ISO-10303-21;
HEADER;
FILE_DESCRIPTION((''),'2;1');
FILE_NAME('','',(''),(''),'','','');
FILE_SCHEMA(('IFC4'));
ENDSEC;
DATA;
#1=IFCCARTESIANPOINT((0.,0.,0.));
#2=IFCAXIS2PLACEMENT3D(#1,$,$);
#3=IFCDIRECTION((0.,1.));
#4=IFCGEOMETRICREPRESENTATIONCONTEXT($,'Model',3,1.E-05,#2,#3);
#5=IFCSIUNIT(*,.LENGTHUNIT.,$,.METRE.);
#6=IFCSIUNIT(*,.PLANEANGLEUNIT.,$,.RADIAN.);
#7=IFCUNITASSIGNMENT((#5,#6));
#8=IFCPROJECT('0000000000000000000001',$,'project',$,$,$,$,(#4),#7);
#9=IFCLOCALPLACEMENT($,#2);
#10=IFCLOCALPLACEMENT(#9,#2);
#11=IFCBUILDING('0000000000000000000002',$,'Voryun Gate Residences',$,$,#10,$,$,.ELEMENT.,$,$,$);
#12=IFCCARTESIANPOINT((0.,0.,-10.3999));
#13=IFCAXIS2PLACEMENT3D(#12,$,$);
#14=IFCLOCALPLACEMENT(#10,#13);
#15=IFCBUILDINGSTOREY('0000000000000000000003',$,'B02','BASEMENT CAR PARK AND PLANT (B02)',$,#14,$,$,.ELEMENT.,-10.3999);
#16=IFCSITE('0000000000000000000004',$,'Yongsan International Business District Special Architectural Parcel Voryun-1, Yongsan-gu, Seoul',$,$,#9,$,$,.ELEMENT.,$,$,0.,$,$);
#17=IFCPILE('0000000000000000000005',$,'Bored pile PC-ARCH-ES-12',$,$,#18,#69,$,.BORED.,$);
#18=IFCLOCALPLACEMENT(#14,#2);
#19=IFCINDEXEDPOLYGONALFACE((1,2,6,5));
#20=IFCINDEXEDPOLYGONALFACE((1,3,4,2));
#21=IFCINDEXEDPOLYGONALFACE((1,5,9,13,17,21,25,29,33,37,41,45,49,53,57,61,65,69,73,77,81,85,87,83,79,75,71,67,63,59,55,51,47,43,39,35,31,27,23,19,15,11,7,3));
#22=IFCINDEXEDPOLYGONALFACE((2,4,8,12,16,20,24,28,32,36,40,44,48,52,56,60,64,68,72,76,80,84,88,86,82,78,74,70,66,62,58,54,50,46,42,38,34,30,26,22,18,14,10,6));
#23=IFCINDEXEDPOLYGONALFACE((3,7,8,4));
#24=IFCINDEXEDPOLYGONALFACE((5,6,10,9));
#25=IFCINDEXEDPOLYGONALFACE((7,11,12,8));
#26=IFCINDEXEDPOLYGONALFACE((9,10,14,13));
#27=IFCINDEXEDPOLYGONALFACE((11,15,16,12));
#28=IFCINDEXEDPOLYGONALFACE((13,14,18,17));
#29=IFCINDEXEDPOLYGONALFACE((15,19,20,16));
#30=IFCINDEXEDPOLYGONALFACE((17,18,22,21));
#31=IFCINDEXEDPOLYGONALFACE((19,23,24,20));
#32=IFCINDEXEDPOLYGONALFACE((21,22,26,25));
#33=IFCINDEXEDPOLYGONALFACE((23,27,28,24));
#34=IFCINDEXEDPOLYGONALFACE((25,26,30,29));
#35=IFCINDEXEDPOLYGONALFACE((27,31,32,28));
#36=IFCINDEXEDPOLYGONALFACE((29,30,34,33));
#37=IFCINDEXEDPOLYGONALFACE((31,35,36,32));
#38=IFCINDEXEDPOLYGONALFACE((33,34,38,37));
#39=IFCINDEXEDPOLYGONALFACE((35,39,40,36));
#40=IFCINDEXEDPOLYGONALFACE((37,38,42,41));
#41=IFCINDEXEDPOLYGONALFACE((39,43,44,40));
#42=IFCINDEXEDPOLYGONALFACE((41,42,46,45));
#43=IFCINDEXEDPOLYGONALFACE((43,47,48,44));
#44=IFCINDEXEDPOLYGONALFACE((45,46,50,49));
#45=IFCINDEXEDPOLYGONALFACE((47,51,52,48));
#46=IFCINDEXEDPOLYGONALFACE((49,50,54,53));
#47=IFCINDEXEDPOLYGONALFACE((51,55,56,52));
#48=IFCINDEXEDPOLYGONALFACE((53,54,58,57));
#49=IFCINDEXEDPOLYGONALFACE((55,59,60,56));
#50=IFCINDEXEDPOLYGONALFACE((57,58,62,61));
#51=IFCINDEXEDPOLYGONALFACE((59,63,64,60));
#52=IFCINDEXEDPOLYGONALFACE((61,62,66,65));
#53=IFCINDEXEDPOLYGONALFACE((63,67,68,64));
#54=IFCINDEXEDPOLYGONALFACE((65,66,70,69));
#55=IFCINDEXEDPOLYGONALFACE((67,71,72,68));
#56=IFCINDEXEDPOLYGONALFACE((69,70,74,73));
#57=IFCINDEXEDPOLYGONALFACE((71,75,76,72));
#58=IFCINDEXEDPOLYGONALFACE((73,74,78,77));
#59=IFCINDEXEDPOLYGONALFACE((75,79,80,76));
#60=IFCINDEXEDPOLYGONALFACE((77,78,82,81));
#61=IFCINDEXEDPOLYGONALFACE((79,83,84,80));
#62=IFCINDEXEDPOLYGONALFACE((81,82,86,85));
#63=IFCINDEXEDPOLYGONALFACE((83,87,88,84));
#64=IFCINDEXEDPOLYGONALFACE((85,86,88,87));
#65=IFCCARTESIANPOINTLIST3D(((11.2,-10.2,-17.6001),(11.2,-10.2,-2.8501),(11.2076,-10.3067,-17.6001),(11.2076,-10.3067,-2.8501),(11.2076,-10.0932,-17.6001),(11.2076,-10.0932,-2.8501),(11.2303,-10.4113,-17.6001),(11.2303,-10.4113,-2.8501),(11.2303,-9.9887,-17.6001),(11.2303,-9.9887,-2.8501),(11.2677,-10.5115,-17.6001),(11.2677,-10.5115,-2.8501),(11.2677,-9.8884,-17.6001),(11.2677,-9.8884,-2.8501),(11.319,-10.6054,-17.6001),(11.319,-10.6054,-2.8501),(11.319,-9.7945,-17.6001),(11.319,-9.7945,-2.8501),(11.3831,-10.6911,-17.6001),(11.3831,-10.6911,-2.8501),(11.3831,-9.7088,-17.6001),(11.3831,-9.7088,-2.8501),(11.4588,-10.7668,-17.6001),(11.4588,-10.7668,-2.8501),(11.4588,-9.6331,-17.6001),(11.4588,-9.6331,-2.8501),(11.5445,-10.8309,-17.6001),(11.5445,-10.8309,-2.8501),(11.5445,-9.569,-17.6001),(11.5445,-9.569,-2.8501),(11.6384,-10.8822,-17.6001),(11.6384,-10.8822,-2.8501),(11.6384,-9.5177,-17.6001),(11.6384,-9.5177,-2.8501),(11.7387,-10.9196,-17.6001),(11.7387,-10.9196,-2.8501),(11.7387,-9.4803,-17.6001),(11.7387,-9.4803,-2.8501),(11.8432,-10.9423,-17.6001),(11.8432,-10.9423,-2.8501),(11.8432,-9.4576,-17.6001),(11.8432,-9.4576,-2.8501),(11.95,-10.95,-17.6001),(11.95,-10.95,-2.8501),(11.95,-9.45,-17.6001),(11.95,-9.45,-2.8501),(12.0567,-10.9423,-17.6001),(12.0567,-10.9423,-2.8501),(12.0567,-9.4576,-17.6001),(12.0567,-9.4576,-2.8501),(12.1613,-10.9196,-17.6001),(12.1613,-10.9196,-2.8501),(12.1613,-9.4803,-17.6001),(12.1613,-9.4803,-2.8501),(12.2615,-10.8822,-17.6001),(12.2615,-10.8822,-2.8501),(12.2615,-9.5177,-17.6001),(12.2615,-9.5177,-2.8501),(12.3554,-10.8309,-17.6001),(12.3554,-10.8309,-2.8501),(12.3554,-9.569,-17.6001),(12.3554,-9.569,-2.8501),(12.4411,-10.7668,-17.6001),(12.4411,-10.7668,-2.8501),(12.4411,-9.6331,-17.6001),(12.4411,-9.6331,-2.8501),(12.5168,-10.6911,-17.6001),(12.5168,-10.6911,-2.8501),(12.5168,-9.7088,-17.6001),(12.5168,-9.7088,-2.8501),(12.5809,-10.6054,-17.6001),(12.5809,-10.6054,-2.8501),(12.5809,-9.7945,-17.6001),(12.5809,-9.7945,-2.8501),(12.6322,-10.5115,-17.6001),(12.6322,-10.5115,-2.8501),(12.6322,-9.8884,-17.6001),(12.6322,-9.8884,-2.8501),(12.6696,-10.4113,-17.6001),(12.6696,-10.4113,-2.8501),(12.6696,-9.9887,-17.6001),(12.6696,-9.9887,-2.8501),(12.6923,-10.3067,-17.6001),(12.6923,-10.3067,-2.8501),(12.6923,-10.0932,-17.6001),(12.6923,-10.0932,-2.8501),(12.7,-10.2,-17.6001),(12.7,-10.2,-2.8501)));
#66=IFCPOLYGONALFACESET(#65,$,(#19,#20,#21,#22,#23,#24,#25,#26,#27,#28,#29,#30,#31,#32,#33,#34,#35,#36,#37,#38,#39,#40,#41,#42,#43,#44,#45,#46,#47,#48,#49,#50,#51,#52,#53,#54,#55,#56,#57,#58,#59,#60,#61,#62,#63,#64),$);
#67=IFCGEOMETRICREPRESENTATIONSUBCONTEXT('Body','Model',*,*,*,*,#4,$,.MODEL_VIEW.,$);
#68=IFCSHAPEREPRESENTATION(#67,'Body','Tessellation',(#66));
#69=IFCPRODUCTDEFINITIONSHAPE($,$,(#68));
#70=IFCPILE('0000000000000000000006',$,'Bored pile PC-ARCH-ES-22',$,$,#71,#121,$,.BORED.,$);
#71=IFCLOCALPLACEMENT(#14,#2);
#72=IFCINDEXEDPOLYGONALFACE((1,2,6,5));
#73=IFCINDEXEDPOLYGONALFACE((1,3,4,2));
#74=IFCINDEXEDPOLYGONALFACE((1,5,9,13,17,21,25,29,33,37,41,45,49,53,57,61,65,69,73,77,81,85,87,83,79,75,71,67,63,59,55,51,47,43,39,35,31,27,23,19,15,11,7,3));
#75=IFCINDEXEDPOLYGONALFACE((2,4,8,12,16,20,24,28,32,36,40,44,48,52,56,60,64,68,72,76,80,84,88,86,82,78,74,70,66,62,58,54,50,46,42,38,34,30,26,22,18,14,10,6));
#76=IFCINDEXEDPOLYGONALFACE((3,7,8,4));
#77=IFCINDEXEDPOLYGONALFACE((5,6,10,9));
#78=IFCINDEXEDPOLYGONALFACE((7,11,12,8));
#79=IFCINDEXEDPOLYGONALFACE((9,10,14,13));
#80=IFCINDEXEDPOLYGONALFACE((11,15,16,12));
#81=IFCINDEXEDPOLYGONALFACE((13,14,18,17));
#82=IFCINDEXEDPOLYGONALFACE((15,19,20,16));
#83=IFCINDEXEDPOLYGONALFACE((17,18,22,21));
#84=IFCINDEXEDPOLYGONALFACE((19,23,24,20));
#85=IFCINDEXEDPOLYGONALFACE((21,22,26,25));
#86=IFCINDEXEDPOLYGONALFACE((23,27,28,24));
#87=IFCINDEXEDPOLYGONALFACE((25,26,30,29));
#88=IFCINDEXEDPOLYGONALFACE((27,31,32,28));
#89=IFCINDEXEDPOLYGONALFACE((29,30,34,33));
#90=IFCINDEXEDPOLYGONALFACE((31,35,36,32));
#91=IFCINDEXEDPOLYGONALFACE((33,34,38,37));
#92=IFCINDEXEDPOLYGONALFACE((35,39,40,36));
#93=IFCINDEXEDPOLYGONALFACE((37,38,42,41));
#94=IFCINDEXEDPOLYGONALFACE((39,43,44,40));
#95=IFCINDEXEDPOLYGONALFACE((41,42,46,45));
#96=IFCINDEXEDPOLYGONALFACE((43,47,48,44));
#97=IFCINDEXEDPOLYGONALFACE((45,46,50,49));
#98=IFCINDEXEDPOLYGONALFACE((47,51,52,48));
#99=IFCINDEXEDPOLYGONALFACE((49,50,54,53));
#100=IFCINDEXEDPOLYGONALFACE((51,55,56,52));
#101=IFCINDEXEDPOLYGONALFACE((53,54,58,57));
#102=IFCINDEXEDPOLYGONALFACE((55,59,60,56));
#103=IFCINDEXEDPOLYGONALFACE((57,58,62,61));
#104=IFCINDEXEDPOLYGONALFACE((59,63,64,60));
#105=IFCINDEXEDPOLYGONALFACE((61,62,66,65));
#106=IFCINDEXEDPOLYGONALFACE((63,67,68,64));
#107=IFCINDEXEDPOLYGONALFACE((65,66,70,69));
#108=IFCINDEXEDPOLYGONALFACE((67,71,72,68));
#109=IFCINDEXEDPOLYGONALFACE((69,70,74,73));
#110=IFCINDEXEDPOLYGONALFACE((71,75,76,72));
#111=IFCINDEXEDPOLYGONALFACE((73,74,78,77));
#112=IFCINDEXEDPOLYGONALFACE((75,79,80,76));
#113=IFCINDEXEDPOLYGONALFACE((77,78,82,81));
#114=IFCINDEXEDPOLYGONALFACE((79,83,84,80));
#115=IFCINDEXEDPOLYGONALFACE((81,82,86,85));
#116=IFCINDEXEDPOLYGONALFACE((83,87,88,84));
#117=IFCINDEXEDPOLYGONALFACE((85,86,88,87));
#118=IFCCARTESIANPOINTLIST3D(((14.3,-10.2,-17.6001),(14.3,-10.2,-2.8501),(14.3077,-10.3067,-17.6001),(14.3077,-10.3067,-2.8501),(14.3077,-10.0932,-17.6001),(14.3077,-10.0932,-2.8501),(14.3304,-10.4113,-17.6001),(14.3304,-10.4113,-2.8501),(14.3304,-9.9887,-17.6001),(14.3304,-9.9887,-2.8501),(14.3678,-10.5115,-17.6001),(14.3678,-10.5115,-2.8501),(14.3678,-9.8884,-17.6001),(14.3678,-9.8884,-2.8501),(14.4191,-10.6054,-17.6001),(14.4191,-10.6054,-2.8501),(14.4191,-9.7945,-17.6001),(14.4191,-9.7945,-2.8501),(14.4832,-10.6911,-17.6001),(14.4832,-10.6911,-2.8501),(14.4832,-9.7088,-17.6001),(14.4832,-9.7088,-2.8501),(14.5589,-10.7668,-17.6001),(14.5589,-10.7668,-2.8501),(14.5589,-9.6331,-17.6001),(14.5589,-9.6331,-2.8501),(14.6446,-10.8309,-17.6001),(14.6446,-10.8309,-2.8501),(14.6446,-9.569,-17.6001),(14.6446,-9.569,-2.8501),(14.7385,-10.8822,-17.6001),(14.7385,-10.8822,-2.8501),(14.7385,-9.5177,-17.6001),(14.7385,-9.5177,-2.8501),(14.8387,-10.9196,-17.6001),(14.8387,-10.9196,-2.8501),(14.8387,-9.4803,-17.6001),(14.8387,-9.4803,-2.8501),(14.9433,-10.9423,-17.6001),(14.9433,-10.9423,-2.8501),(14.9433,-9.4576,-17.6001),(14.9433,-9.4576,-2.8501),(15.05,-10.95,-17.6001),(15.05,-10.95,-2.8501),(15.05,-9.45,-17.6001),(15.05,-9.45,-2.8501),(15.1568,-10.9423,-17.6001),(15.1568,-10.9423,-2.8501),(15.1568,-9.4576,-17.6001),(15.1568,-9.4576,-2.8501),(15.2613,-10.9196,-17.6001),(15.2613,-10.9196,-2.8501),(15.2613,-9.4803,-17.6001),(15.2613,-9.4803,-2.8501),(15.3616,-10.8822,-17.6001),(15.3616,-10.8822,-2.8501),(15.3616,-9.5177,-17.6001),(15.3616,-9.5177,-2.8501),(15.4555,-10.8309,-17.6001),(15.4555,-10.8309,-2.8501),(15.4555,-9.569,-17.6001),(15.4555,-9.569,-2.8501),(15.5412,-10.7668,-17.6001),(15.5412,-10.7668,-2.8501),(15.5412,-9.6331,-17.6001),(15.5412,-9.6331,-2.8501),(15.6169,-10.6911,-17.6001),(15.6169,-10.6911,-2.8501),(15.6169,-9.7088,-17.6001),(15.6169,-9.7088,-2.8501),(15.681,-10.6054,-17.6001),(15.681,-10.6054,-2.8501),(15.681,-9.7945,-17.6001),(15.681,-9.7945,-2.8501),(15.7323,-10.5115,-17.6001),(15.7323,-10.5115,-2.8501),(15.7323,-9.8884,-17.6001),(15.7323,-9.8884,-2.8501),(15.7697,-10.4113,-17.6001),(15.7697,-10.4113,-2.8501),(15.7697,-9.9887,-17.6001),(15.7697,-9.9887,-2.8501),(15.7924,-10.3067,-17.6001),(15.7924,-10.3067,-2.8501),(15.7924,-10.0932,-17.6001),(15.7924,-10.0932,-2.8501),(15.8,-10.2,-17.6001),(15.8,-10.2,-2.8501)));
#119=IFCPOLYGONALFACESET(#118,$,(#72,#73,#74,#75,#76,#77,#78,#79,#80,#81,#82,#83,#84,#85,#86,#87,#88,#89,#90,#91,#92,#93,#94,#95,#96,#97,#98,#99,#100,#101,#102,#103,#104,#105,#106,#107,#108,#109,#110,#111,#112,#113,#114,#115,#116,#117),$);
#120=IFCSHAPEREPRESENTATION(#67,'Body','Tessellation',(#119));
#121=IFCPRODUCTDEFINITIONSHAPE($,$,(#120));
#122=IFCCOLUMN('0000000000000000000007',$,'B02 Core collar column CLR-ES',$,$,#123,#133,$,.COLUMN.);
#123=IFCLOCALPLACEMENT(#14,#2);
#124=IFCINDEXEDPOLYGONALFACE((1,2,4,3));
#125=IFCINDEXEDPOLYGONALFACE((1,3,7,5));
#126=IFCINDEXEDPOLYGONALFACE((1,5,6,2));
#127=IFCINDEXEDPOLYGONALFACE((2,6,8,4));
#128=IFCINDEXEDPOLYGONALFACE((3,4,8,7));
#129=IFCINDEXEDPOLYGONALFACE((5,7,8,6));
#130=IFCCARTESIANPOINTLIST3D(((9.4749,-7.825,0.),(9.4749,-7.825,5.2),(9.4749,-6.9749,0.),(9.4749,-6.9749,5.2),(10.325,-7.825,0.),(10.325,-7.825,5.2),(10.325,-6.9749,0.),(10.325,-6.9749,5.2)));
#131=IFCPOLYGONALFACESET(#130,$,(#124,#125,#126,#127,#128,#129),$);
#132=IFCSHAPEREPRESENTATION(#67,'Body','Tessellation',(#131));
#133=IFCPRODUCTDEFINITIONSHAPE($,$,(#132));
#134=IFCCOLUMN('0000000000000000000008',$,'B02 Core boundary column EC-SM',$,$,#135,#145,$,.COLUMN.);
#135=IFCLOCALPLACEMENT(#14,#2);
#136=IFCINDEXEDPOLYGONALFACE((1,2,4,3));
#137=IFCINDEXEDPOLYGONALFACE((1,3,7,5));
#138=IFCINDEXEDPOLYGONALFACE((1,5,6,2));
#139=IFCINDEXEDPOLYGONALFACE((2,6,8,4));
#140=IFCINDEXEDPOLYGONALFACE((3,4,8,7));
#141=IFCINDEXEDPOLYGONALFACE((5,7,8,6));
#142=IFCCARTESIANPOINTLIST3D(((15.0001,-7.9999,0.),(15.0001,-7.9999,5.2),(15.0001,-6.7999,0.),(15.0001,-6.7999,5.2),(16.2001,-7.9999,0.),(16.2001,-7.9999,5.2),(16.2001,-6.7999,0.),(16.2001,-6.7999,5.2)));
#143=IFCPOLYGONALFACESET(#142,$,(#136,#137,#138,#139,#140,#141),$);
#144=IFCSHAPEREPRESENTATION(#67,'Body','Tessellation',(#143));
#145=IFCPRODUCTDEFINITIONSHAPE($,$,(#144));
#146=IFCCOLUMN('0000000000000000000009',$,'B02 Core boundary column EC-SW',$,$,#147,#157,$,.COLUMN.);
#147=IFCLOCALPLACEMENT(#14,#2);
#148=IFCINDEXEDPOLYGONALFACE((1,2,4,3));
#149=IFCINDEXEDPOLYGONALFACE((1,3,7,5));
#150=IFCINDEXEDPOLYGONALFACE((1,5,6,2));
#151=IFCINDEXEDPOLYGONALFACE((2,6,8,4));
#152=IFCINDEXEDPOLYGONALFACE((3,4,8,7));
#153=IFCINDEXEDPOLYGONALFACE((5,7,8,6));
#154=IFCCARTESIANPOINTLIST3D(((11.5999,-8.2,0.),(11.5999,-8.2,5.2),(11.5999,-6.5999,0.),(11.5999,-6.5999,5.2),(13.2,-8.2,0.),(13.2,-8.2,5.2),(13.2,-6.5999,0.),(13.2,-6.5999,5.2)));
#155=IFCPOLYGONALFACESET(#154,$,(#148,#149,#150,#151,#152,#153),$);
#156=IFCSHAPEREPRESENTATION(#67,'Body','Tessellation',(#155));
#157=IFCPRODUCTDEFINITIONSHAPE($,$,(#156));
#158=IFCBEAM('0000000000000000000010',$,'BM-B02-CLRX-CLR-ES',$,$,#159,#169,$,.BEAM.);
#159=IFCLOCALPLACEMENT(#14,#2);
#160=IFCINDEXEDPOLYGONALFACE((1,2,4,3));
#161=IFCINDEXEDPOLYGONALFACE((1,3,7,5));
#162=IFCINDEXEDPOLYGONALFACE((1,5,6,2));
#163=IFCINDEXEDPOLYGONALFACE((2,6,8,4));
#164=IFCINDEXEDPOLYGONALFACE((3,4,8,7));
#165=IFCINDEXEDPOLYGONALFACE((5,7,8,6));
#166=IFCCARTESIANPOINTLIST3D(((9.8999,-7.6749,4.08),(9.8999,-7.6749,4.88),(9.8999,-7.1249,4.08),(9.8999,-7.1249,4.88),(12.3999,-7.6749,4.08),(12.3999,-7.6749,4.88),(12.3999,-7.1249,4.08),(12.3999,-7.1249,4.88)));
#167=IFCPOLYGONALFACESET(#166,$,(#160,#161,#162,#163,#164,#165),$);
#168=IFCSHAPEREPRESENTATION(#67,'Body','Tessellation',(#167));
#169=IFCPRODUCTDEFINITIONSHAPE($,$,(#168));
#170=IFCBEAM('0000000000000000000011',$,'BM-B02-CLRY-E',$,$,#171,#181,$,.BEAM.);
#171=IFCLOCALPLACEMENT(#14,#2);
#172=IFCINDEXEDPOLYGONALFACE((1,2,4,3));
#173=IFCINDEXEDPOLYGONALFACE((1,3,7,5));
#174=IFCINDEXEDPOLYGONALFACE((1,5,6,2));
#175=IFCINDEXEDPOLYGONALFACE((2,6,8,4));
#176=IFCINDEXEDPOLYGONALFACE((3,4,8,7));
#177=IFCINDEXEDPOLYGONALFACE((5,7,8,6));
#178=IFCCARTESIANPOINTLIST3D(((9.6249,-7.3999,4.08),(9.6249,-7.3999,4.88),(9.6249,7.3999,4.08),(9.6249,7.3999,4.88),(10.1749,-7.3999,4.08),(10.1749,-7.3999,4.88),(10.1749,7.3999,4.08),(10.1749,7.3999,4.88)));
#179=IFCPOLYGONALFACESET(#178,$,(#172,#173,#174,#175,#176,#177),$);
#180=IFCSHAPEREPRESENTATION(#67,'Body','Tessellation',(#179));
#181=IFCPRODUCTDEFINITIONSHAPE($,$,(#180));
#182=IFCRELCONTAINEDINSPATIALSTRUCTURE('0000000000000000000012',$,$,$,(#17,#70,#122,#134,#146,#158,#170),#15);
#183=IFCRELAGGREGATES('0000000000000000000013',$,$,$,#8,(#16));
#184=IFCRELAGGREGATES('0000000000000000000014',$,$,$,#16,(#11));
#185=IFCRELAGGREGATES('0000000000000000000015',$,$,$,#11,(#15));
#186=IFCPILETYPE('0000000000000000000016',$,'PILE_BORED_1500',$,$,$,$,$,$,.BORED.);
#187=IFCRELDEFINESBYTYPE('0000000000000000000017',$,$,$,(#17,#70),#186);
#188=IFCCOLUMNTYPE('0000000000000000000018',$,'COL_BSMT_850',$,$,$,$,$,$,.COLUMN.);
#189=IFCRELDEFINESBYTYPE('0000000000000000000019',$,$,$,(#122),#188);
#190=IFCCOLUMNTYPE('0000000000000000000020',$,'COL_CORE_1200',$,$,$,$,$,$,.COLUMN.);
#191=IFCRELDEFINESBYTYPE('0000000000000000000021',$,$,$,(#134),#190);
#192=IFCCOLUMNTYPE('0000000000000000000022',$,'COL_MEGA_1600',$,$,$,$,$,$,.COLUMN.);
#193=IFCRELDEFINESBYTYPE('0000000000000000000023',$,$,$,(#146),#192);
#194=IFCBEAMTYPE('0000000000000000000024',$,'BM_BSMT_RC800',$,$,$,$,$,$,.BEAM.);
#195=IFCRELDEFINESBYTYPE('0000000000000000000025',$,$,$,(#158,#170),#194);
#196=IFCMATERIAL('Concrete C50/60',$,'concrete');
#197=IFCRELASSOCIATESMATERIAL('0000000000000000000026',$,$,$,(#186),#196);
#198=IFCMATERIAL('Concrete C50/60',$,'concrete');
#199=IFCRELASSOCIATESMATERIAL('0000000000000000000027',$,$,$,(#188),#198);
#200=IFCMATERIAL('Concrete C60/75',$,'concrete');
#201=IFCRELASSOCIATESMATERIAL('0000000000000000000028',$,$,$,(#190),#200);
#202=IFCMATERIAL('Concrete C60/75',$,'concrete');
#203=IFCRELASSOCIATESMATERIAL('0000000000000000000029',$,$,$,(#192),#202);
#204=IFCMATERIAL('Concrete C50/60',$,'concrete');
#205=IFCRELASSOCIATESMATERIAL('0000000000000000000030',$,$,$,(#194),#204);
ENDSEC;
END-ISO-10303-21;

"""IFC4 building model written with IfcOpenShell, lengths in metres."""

from ifc_helpers import new_model, si_unit, direction, frame, origin, origin_2d, place, context, subcontext, project, spatial, rectangle, circle, extrude, material, material_profile, profile_set, type_object, element, save


model = new_model("IFC4")

# Units and contexts
model_context = context("Model", 3, precision=1e-05, world=origin(), true_north=direction((0.0, 1.0)))
body_context = subcontext(model_context, "Body", "Model", "MODEL_VIEW")
ifc_project = project(units=[si_unit("LENGTHUNIT", "METRE"), si_unit("PLANEANGLEUNIT", "RADIAN")], contexts=[model_context])

# Site, building, storey
site_placement = place(None, origin())
site = spatial("IfcSite", under=ifc_project, at=site_placement, Name="Yongsan International Business District Special Architectural Parcel Voryun-1, Yongsan-gu, Seoul", CompositionType="ELEMENT", RefElevation=0.0)
building_placement = place(site_placement, origin())
building = spatial("IfcBuilding", under=site, at=building_placement, Name="Voryun Gate Residences", CompositionType="ELEMENT")
storey_placement = place(building_placement, frame((0.0, 0.0, -10.3999)))
storey = spatial("IfcBuildingStorey", under=building, at=storey_placement, Name="B02", Description="BASEMENT CAR PARK AND PLANT (B02)", CompositionType="ELEMENT", Elevation=-10.3999)

# Piles
ifc_material_1 = material(Name="Concrete C50/60", Category="concrete")
ifc_material_profile_1 = material_profile(ifc_material_1, circle(Radius=0.75, at=origin_2d()), Name="PILE-D1500")
ifc_profile_set_1 = profile_set([ifc_material_profile_1], Name="Concrete C50/60")
pile_type = type_object("IfcPileType", Name="PILE_BORED_1500", PredefinedType="BORED", material=ifc_profile_set_1)
for number, where, z_axis, x_axis, name in (
    (1, (11.95, -10.2, -2.8501), (0.0, 0.0, -1.0), (1.0, 0.0, 0.0), "Bored pile PC-ARCH-ES-12"),
    (2, (15.05, -10.2, -2.8501), (0.0, 0.0, -1.0), (1.0, 0.0, 0.0), "Bored pile PC-ARCH-ES-22"),
):
    element("IfcPile", number, at=place(storey_placement, frame(where, z_axis=z_axis, x_axis=x_axis)), inside=storey, type_object=pile_type, Name=name, PredefinedType="BORED", context=body_context, shape_type="SweptSolid", body=[
        extrude(circle(Radius=0.75, at=origin_2d()), origin(), (0.0, 0.0, 1.0), 14.75),
    ])

# Columns
ifc_material_2 = material(Name="Concrete C50/60", Category="concrete")
ifc_material_profile_2 = material_profile(ifc_material_2, rectangle(XDim=0.8501, YDim=0.8501, at=origin_2d()), Name="RC-850x850")
ifc_profile_set_2 = profile_set([ifc_material_profile_2], Name="Concrete C50/60")
column_type_1 = type_object("IfcColumnType", Name="COL_BSMT_850", PredefinedType="COLUMN", material=ifc_profile_set_2)
column_1_placement = place(storey_placement, frame((9.8999, -7.3999, 0.0), z_axis=(0.0, 0.0, 1.0), x_axis=(1.0, 0.0, 0.0)))
element("IfcColumn", 3, at=column_1_placement, inside=storey, type_object=column_type_1, Name="B02 Core collar column CLR-ES", PredefinedType="COLUMN", context=body_context, shape_type="SweptSolid", body=[
    extrude(rectangle(XDim=0.8501, YDim=0.8501, at=origin_2d()), origin(), (0.0, 0.0, 1.0), 5.2),
])
ifc_material_3 = material(Name="Concrete C60/75", Category="concrete")
ifc_material_profile_3 = material_profile(ifc_material_3, rectangle(XDim=1.2, YDim=1.2, at=origin_2d()), Name="RC-1200x1200")
ifc_profile_set_3 = profile_set([ifc_material_profile_3], Name="Concrete C60/75")
column_type_2 = type_object("IfcColumnType", Name="COL_CORE_1200", PredefinedType="COLUMN", material=ifc_profile_set_3)
column_2_placement = place(storey_placement, frame((15.6001, -7.3999, 0.0), z_axis=(0.0, 0.0, 1.0), x_axis=(1.0, 0.0, 0.0)))
element("IfcColumn", 4, at=column_2_placement, inside=storey, type_object=column_type_2, Name="B02 Core boundary column EC-SM", PredefinedType="COLUMN", context=body_context, shape_type="SweptSolid", body=[
    extrude(rectangle(XDim=1.2, YDim=1.2, at=origin_2d()), origin(), (0.0, 0.0, 1.0), 5.2),
])
ifc_material_4 = material(Name="Concrete C60/75", Category="concrete")
ifc_material_profile_4 = material_profile(ifc_material_4, rectangle(XDim=1.6001, YDim=1.6001, at=origin_2d()), Name="RC-1600x1600")
ifc_profile_set_4 = profile_set([ifc_material_profile_4], Name="Concrete C60/75")
column_type_3 = type_object("IfcColumnType", Name="COL_MEGA_1600", PredefinedType="COLUMN", material=ifc_profile_set_4)
column_3_placement = place(storey_placement, frame((12.3999, -7.3999, 0.0), z_axis=(0.0, 0.0, 1.0), x_axis=(1.0, 0.0, 0.0)))
element("IfcColumn", 5, at=column_3_placement, inside=storey, type_object=column_type_3, Name="B02 Core boundary column EC-SW", PredefinedType="COLUMN", context=body_context, shape_type="SweptSolid", body=[
    extrude(rectangle(XDim=1.6001, YDim=1.6001, at=origin_2d()), origin(), (0.0, 0.0, 1.0), 5.2),
])

# Beams
ifc_material_5 = material(Name="Concrete C50/60", Category="concrete")
ifc_material_profile_5 = material_profile(ifc_material_5, rectangle(XDim=0.55, YDim=0.8, at=origin_2d()), Name="RC-550x800")
ifc_profile_set_5 = profile_set([ifc_material_profile_5], Name="Concrete C50/60")
beam_type = type_object("IfcBeamType", Name="BM_BSMT_RC800", PredefinedType="BEAM", material=ifc_profile_set_5)
beam_1_placement = place(storey_placement, frame((12.3999, -7.3999, 4.48), z_axis=(-1.0, 0.0, 0.0), x_axis=(0.0, -1.0, 0.0)))
element("IfcBeam", 6, at=beam_1_placement, inside=storey, type_object=beam_type, Name="BM-B02-CLRX-CLR-ES", PredefinedType="BEAM", context=body_context, shape_type="SweptSolid", body=[
    extrude(rectangle(XDim=0.55, YDim=0.8, at=origin_2d()), origin(), (0.0, 0.0, 1.0), 2.5),
])
beam_2_placement = place(storey_placement, frame((9.8999, -7.3999, 4.48), z_axis=(0.0, 1.0, 0.0), x_axis=(-1.0, 0.0, 0.0)))
element("IfcBeam", 7, at=beam_2_placement, inside=storey, type_object=beam_type, Name="BM-B02-CLRY-E", PredefinedType="BEAM", context=body_context, shape_type="SweptSolid", body=[
    extrude(rectangle(XDim=0.55, YDim=0.8, at=origin_2d()), origin(), (0.0, 0.0, 1.0), 14.7998),
])

save(model, "model.ifc")
